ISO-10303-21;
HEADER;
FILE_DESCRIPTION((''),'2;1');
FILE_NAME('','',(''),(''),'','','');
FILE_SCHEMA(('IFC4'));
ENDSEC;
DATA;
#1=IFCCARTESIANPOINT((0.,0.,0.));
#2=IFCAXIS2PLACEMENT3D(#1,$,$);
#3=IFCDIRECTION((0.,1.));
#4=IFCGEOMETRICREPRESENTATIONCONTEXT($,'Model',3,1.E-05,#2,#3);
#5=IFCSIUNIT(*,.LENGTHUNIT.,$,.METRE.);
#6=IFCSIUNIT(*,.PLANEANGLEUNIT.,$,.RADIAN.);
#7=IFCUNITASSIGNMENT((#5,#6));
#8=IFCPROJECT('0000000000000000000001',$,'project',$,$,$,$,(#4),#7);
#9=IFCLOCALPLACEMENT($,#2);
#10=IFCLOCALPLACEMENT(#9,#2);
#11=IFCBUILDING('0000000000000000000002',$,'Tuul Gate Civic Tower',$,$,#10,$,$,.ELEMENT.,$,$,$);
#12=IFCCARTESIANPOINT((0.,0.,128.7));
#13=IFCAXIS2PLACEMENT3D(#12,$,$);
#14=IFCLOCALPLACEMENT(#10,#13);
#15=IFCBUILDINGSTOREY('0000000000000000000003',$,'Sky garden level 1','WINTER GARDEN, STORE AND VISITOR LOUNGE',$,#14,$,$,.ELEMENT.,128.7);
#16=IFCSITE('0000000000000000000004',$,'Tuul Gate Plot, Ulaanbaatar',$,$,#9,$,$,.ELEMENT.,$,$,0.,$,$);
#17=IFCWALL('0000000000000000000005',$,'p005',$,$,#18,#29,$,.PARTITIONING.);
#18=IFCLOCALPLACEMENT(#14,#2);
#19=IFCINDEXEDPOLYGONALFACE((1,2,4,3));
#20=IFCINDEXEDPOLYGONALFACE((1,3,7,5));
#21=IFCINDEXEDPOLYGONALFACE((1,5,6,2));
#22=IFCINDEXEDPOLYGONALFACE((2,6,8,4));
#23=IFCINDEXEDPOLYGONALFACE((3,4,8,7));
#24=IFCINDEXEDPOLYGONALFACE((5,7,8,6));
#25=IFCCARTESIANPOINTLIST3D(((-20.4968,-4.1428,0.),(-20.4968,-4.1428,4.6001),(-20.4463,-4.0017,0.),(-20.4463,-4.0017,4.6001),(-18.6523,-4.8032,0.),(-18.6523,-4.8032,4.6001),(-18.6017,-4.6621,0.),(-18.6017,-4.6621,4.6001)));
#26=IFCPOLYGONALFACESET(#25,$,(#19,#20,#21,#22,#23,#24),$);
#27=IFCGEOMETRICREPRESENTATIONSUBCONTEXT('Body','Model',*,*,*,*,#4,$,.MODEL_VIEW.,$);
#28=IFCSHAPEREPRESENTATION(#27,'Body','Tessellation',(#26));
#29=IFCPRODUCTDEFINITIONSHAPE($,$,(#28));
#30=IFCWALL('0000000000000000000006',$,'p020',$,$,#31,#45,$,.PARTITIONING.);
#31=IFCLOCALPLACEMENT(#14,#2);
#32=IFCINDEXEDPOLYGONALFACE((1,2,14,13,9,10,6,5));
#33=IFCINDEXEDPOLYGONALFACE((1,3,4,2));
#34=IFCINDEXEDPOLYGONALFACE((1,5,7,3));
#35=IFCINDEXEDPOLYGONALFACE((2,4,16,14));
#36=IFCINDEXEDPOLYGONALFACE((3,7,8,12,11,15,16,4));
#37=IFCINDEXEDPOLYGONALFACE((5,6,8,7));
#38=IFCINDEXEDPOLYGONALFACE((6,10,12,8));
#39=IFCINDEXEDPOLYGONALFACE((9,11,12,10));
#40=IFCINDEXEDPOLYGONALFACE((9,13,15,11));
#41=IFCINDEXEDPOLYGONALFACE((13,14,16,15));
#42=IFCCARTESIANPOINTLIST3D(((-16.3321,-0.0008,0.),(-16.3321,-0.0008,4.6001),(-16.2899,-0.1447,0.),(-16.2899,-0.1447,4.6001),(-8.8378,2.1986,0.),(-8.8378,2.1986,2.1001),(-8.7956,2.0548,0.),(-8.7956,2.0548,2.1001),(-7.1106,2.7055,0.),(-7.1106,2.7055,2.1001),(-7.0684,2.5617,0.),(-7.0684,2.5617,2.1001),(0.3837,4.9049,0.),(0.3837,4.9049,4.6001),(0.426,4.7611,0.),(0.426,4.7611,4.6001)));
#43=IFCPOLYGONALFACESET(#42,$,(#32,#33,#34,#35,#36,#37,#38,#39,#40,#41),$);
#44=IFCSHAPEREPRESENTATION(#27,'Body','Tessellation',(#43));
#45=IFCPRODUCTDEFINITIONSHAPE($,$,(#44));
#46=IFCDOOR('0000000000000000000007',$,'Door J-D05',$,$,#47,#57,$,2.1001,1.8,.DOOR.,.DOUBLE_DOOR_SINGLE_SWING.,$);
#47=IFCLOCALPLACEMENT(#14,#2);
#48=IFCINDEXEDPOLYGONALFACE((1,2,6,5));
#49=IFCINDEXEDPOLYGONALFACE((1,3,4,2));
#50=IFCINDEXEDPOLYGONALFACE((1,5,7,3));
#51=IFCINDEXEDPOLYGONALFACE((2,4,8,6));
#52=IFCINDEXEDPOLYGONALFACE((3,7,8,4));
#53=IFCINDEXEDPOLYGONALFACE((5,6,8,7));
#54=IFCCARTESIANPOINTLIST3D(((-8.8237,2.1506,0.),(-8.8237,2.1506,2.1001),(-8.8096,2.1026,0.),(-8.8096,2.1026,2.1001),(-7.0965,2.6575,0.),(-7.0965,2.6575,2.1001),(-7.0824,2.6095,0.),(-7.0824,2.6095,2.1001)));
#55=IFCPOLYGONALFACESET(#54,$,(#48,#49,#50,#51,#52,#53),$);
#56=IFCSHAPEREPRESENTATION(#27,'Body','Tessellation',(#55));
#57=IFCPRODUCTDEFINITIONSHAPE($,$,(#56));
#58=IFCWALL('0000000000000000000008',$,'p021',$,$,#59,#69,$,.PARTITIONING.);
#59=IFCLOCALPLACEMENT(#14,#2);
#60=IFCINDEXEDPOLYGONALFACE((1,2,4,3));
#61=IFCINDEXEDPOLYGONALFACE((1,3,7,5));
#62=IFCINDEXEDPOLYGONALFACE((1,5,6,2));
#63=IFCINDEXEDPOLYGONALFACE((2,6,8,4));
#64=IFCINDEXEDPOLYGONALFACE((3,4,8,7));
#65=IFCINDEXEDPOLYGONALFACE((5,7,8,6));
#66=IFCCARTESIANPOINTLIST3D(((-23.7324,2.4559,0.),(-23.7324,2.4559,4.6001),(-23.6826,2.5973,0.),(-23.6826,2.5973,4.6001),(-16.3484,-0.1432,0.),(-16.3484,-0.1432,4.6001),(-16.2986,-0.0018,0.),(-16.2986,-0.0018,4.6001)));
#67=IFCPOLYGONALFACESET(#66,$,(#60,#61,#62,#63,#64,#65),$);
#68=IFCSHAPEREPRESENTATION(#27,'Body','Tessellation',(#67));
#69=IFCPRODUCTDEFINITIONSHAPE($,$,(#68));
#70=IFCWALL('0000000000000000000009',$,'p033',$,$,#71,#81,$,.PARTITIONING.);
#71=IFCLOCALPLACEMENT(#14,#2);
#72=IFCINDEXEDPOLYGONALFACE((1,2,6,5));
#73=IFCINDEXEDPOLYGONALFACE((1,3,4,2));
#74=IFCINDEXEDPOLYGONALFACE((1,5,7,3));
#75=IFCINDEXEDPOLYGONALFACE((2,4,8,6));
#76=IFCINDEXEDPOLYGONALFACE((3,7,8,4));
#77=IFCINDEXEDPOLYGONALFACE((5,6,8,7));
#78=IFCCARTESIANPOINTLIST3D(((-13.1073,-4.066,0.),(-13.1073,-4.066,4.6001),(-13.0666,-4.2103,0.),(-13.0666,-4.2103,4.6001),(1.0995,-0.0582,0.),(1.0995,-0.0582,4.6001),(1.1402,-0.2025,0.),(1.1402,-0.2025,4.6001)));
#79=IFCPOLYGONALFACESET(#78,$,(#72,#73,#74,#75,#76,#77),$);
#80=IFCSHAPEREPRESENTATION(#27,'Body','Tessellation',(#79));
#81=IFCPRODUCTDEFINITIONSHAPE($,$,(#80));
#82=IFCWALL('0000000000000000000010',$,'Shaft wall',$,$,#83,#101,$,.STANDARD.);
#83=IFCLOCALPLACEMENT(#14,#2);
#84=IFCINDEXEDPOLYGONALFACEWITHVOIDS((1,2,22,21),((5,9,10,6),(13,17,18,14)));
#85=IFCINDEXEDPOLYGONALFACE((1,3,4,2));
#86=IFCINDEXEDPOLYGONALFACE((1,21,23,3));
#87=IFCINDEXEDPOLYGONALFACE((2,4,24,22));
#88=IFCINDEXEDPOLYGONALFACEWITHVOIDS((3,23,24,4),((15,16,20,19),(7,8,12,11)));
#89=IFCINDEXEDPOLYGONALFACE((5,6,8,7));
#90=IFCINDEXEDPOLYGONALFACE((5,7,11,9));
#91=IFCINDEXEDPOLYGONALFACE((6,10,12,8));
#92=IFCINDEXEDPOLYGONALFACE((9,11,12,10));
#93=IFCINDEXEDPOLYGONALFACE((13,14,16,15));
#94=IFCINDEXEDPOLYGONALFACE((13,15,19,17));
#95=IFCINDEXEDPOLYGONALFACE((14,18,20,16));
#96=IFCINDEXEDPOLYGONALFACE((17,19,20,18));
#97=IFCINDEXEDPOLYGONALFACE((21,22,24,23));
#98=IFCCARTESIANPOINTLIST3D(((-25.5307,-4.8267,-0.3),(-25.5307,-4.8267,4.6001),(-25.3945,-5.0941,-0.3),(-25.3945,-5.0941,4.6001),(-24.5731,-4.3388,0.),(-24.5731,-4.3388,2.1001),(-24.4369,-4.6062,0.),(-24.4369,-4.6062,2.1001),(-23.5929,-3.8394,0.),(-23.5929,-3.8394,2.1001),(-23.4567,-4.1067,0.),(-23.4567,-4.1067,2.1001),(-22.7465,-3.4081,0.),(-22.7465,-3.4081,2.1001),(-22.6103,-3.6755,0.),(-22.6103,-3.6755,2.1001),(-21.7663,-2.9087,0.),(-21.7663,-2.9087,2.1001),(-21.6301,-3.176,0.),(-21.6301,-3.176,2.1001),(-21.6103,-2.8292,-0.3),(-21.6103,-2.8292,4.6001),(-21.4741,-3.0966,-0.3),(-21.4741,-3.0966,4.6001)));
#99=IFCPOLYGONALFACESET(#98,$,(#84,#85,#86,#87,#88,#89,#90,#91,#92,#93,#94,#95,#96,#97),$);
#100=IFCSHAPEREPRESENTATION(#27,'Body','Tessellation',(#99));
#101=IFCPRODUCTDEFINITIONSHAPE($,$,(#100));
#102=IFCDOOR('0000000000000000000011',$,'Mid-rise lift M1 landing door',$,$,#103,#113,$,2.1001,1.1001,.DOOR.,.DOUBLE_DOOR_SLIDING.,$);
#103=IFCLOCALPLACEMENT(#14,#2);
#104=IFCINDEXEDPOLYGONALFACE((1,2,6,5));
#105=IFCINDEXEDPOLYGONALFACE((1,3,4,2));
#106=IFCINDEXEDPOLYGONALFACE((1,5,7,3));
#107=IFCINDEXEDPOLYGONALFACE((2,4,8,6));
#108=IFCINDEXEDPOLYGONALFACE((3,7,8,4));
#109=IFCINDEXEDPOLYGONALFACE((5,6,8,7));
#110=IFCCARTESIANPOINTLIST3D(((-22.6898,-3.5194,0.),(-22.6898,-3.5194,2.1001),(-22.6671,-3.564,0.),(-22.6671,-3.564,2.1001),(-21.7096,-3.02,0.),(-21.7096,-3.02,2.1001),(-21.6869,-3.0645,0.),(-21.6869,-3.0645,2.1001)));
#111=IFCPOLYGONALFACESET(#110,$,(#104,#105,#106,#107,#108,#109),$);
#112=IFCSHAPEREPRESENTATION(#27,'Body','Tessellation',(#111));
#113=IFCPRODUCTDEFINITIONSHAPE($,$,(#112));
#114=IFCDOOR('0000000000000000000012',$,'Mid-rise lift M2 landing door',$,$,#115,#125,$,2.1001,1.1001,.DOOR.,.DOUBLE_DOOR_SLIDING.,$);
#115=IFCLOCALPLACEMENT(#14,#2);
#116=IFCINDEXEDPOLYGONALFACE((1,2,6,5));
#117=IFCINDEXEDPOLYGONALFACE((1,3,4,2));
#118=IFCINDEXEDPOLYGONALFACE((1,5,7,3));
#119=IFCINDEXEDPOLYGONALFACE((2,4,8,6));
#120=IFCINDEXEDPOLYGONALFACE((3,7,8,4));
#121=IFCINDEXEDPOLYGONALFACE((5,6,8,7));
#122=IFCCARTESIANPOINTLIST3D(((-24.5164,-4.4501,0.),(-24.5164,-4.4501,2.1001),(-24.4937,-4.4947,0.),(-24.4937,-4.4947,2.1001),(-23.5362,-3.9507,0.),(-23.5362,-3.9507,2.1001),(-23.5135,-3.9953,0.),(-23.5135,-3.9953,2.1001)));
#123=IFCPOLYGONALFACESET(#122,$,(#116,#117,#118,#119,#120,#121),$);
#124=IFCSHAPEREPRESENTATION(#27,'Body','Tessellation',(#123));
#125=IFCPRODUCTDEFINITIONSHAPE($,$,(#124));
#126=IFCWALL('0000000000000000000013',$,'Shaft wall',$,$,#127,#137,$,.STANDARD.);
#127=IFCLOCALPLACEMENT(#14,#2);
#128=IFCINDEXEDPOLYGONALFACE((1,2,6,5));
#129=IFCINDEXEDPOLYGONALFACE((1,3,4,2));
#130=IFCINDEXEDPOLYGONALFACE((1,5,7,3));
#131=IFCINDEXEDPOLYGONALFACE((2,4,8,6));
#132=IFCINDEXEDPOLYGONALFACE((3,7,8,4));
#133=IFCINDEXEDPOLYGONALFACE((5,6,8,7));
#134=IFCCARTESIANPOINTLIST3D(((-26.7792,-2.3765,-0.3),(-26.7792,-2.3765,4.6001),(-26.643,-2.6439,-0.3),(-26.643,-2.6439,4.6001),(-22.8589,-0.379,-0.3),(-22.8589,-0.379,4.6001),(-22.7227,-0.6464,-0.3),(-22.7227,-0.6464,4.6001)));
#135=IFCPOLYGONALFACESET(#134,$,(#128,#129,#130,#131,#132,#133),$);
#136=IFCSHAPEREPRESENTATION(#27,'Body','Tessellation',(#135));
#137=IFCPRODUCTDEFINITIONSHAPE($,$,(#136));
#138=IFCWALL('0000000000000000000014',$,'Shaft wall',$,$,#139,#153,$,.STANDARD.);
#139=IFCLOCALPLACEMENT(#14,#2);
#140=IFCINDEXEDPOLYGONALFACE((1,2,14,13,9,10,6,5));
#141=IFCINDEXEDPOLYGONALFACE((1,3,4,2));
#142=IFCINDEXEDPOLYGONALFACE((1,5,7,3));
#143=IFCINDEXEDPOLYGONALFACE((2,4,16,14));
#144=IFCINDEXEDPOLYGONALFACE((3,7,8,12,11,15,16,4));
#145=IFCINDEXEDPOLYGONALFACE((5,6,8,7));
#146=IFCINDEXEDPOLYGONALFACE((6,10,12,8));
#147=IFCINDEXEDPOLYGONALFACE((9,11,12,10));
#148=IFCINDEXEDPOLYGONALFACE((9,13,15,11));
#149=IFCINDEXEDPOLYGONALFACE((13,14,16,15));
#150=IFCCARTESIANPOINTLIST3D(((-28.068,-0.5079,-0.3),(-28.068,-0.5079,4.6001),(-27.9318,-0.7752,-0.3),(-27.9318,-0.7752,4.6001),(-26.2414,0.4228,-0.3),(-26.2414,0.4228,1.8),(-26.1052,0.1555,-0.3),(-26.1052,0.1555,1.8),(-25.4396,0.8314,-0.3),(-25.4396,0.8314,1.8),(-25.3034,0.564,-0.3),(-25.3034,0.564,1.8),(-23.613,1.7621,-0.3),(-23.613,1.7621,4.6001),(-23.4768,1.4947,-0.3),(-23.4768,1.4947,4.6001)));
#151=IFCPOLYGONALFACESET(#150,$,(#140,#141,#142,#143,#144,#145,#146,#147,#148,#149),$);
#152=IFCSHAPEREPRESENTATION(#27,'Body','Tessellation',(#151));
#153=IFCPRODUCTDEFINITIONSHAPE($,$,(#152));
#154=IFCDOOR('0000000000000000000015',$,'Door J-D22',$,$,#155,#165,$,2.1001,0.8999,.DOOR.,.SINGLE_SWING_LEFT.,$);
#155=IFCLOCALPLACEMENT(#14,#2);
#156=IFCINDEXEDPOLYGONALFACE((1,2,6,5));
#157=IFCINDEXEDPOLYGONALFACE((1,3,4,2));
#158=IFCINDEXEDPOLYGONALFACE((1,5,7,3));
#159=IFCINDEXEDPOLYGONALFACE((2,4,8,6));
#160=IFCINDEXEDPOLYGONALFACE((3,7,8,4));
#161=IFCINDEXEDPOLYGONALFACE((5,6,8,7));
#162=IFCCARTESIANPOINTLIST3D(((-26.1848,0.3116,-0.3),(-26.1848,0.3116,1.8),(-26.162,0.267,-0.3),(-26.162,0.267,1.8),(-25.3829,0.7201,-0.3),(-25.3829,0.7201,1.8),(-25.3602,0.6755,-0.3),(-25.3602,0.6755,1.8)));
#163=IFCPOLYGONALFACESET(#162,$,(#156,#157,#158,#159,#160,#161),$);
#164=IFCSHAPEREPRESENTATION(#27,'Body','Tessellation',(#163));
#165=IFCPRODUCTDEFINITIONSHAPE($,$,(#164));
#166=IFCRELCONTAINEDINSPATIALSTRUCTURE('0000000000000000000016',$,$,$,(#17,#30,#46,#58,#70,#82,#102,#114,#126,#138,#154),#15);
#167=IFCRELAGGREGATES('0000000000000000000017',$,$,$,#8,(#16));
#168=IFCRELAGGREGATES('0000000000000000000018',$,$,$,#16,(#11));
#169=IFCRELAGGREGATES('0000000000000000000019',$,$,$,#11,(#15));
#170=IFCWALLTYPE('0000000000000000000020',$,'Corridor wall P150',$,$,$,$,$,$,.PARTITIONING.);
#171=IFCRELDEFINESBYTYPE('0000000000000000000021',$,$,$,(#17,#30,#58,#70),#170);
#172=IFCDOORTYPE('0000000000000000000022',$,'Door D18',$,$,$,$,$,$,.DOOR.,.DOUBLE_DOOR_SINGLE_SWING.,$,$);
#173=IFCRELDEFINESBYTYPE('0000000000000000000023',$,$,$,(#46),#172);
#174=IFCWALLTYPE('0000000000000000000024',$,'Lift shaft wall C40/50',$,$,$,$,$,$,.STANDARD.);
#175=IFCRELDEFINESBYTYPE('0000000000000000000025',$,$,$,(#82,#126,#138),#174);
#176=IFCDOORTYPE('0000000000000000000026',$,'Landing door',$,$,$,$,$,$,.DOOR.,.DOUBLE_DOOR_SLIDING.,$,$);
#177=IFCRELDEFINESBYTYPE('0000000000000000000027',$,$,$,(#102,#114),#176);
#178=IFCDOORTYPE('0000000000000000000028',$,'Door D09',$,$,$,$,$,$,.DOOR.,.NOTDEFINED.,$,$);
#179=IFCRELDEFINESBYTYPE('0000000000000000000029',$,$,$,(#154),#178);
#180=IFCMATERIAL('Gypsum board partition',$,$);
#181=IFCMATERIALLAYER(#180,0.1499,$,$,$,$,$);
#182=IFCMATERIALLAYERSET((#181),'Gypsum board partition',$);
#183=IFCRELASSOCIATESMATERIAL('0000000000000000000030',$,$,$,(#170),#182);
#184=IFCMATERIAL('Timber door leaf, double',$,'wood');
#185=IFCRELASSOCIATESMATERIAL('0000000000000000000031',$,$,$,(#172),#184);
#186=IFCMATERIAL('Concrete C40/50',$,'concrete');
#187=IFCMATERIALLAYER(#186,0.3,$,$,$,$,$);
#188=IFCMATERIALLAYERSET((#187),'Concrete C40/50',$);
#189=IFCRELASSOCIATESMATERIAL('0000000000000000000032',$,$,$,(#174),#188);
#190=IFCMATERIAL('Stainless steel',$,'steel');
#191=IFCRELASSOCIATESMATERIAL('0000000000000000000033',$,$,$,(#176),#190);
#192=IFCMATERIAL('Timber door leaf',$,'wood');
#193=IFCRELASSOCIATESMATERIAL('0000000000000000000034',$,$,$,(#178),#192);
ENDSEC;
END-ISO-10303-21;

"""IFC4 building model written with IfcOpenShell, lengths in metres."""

from ifc_helpers import new_model, si_unit, direction, frame, frame_2d, origin, place, context, subcontext, project, spatial, rectangle, extrude, material, layer, layer_set, type_object, element, fill, save


model = new_model("IFC4")

# Units and contexts
model_context = context("Model", 3, precision=1e-05, world=origin(), true_north=direction((0.0, 1.0)))
body_context = subcontext(model_context, "Body", "Model", "MODEL_VIEW")
ifc_project = project(units=[si_unit("LENGTHUNIT", "METRE"), si_unit("PLANEANGLEUNIT", "RADIAN")], contexts=[model_context])

# Site, building, storey
site_placement = place(None, origin())
site = spatial("IfcSite", under=ifc_project, at=site_placement, Name="Tuul Gate Plot, Ulaanbaatar", CompositionType="ELEMENT", RefElevation=0.0)
building_placement = place(site_placement, origin())
building = spatial("IfcBuilding", under=site, at=building_placement, Name="Tuul Gate Civic Tower", CompositionType="ELEMENT")
storey_placement = place(building_placement, frame((0.0, 0.0, 128.7)))
storey = spatial("IfcBuildingStorey", under=building, at=storey_placement, Name="Sky garden level 1", Description="WINTER GARDEN, STORE AND VISITOR LOUNGE", CompositionType="ELEMENT", Elevation=128.7)

# Wall
ifc_material_1 = material(Name="Gypsum board partition")
ifc_layer_1 = layer(ifc_material_1, 0.1499)
ifc_layer_set_1 = layer_set([ifc_layer_1], Name="Gypsum board partition")
wall_type_1 = type_object("IfcWallType", Name="Corridor wall P150", PredefinedType="PARTITIONING", material=ifc_layer_set_1)
wall_1_placement = place(storey_placement, frame((-20.4714, -4.0723, 0.0), z_axis=(0.0, 0.0, 1.0), x_axis=(0.941474, -0.337086, 0.0)))
element("IfcWall", 1, at=wall_1_placement, inside=storey, type_object=wall_type_1, Name="p005", PredefinedType="PARTITIONING", context=body_context, shape_type="SweptSolid", body=[
    extrude(rectangle(XDim=1.9592, YDim=0.1499, at=frame_2d((0.9795, 0.0))), origin(), (0.0, 0.0, 1.0), 4.6001),
])

# Wall, opening, door
wall_2_placement = place(storey_placement, frame((-16.311, -0.0728, 0.0), z_axis=(0.0, 0.0, 1.0), x_axis=(0.959531, 0.281603, 0.0)))
wall_2 = element("IfcWall", 2, at=wall_2_placement, inside=storey, type_object=wall_type_1, Name="p020", PredefinedType="PARTITIONING", context=body_context, shape_type="SweptSolid", body=[
    extrude(rectangle(XDim=17.4209, YDim=0.1499, at=frame_2d((8.7104, 0.0))), origin(), (0.0, 0.0, 1.0), 4.6001),
])
opening_1_placement = place(wall_2_placement, frame((7.8105, 0.0, 0.0)))
opening_1 = element("IfcOpeningElement", 3, at=opening_1_placement, cuts=wall_2, PredefinedType="OPENING", context=body_context, shape_type="SweptSolid", body=[
    extrude(rectangle(XDim=1.8, YDim=2.1001, at=frame_2d((0.8999, 1.05))), frame((0.0, 0.085, 0.0), z_axis=(0.0, -1.0, 0.0), x_axis=(1.0, 0.0, 0.0)), (0.0, 0.0, 1.0), 0.1699),
])
ifc_material_2 = material(Name="Timber door leaf, double", Category="wood")
door_type_1 = type_object("IfcDoorType", Name="Door D18", OperationType="DOUBLE_DOOR_SINGLE_SWING", PredefinedType="DOOR", material=ifc_material_2)
door_1_placement = place(opening_1_placement, origin())
door_1 = element("IfcDoor", 4, at=door_1_placement, inside=storey, type_object=door_type_1, Name="Door J-D05", OperationType="DOUBLE_DOOR_SINGLE_SWING", OverallHeight=2.1001, OverallWidth=1.8, PredefinedType="DOOR", context=body_context, shape_type="SweptSolid", body=[
    extrude(rectangle(XDim=1.8, YDim=2.1001, at=frame_2d((0.8999, 1.05))), frame((0.0, 0.0249, 0.0), z_axis=(0.0, -1.0, 0.0), x_axis=(1.0, 0.0, 0.0)), (0.0, 0.0, 1.0), 0.05),
])
fill(opening_1, door_1)

# Walls
wall_3_placement = place(storey_placement, frame((-23.7075, 2.5266, 0.0), z_axis=(0.0, 0.0, 1.0), x_axis=(0.943271, -0.332024, 0.0)))
element("IfcWall", 5, at=wall_3_placement, inside=storey, type_object=wall_type_1, Name="p021", PredefinedType="PARTITIONING", context=body_context, shape_type="SweptSolid", body=[
    extrude(rectangle(XDim=7.8281, YDim=0.1499, at=frame_2d((3.9141, 0.0))), origin(), (0.0, 0.0, 1.0), 4.6001),
])
wall_4_placement = place(storey_placement, frame((-13.0869, -4.1382, 0.0), z_axis=(0.0, 0.0, 1.0), x_axis=(0.962436, 0.271508, 0.0)))
element("IfcWall", 6, at=wall_4_placement, inside=storey, type_object=wall_type_1, Name="p033", PredefinedType="PARTITIONING", context=body_context, shape_type="SweptSolid", body=[
    extrude(rectangle(XDim=14.7612, YDim=0.1499, at=frame_2d((7.3806, 0.0))), origin(), (0.0, 0.0, 1.0), 4.6001),
])

# Wall, openings, doors
ifc_material_3 = material(Name="Concrete C40/50", Category="concrete")
ifc_layer_2 = layer(ifc_material_3, 0.3)
ifc_layer_set_2 = layer_set([ifc_layer_2], Name="Concrete C40/50")
wall_type_2 = type_object("IfcWallType", Name="Lift shaft wall C40/50", PredefinedType="STANDARD", material=ifc_layer_set_2)
wall_5_placement = place(storey_placement, frame((-21.5422, -2.9629, -0.3), z_axis=(0.0, 0.0, 1.0), x_axis=(-0.891006, -0.453992, 0.0)))
wall_5 = element("IfcWall", 7, at=wall_5_placement, inside=storey, type_object=wall_type_2, Name="Shaft wall", PredefinedType="STANDARD", context=body_context, shape_type="SweptSolid", body=[
    extrude(rectangle(XDim=4.3999, YDim=0.3, at=frame_2d((2.2, 0.0))), origin(), (0.0, 0.0, 1.0), 4.9001),
])
opening_2_placement = place(wall_5_placement, frame((0.175, 0.0, 0.3)))
opening_2 = element("IfcOpeningElement", 8, at=opening_2_placement, cuts=wall_5, PredefinedType="OPENING", context=body_context, shape_type="SweptSolid", body=[
    extrude(rectangle(XDim=1.1001, YDim=2.1001, at=frame_2d((0.55, 1.05))), frame((0.0, 0.1602, 0.0), z_axis=(0.0, -1.0, 0.0), x_axis=(1.0, 0.0, 0.0)), (0.0, 0.0, 1.0), 0.3201),
])
opening_3_placement = place(wall_5_placement, frame((2.2251, 0.0, 0.3)))
opening_3 = element("IfcOpeningElement", 9, at=opening_3_placement, cuts=wall_5, PredefinedType="OPENING", context=body_context, shape_type="SweptSolid", body=[
    extrude(rectangle(XDim=1.1001, YDim=2.1001, at=frame_2d((0.55, 1.05))), frame((0.0, 0.1602, 0.0), z_axis=(0.0, -1.0, 0.0), x_axis=(1.0, 0.0, 0.0)), (0.0, 0.0, 1.0), 0.3201),
])
ifc_material_4 = material(Name="Stainless steel", Category="steel")
door_type_2 = type_object("IfcDoorType", Name="Landing door", OperationType="DOUBLE_DOOR_SLIDING", PredefinedType="DOOR", material=ifc_material_4)
door_2_placement = place(opening_2_placement, origin())
door_2 = element("IfcDoor", 10, at=door_2_placement, inside=storey, type_object=door_type_2, Name="Mid-rise lift M1 landing door", OperationType="DOUBLE_DOOR_SLIDING", OverallHeight=2.1001, OverallWidth=1.1001, PredefinedType="DOOR", context=body_context, shape_type="SweptSolid", body=[
    extrude(rectangle(XDim=1.1001, YDim=2.1001, at=frame_2d((0.55, 1.05))), frame((0.0, 0.0249, 0.0), z_axis=(0.0, -1.0, 0.0), x_axis=(1.0, 0.0, 0.0)), (0.0, 0.0, 1.0), 0.05),
])
fill(opening_2, door_2)
door_3_placement = place(opening_3_placement, origin())
door_3 = element("IfcDoor", 11, at=door_3_placement, inside=storey, type_object=door_type_2, Name="Mid-rise lift M2 landing door", OperationType="DOUBLE_DOOR_SLIDING", OverallHeight=2.1001, OverallWidth=1.1001, PredefinedType="DOOR", context=body_context, shape_type="SweptSolid", body=[
    extrude(rectangle(XDim=1.1001, YDim=2.1001, at=frame_2d((0.55, 1.05))), frame((0.0, 0.0249, 0.0), z_axis=(0.0, -1.0, 0.0), x_axis=(1.0, 0.0, 0.0)), (0.0, 0.0, 1.0), 0.05),
])
fill(opening_3, door_3)

# Wall
wall_6_placement = place(storey_placement, frame((-22.7908, -0.5127, -0.3), z_axis=(0.0, 0.0, 1.0), x_axis=(-0.891006, -0.453992, 0.0)))
element("IfcWall", 12, at=wall_6_placement, inside=storey, type_object=wall_type_2, Name="Shaft wall", PredefinedType="STANDARD", context=body_context, shape_type="SweptSolid", body=[
    extrude(rectangle(XDim=4.3999, YDim=0.3, at=frame_2d((2.2, 0.0))), origin(), (0.0, 0.0, 1.0), 4.9001),
])

# Wall, opening, door
wall_7_placement = place(storey_placement, frame((-23.5449, 1.6284, -0.3), z_axis=(0.0, 0.0, 1.0), x_axis=(-0.891003, -0.453997, 0.0)))
wall_7 = element("IfcWall", 13, at=wall_7_placement, inside=storey, type_object=wall_type_2, Name="Shaft wall", PredefinedType="STANDARD", context=body_context, shape_type="SweptSolid", body=[
    extrude(rectangle(XDim=5.0, YDim=0.3, at=frame_2d((2.5, 0.0))), origin(), (0.0, 0.0, 1.0), 4.9001),
])
opening_4_placement = place(wall_7_placement, frame((2.05, 0.0, 0.0)))
opening_4 = element("IfcOpeningElement", 14, at=opening_4_placement, cuts=wall_7, PredefinedType="OPENING", context=body_context, shape_type="SweptSolid", body=[
    extrude(rectangle(XDim=0.8999, YDim=2.1001, at=frame_2d((0.45, 1.05))), frame((0.0, 0.1602, 0.0), z_axis=(0.0, -1.0, 0.0), x_axis=(1.0, 0.0, 0.0)), (0.0, 0.0, 1.0), 0.3201),
])
ifc_material_5 = material(Name="Timber door leaf", Category="wood")
door_type_3 = type_object("IfcDoorType", Name="Door D09", OperationType="NOTDEFINED", PredefinedType="DOOR", material=ifc_material_5)
door_4_placement = place(opening_4_placement, origin())
door_4 = element("IfcDoor", 15, at=door_4_placement, inside=storey, type_object=door_type_3, Name="Door J-D22", OperationType="SINGLE_SWING_LEFT", OverallHeight=2.1001, OverallWidth=0.8999, PredefinedType="DOOR", context=body_context, shape_type="SweptSolid", body=[
    extrude(rectangle(XDim=0.8999, YDim=2.1001, at=frame_2d((0.45, 1.05))), frame((0.0, 0.0249, 0.0), z_axis=(0.0, -1.0, 0.0), x_axis=(1.0, 0.0, 0.0)), (0.0, 0.0, 1.0), 0.05),
])
fill(opening_4, door_4)

save(model, "model.ifc")
